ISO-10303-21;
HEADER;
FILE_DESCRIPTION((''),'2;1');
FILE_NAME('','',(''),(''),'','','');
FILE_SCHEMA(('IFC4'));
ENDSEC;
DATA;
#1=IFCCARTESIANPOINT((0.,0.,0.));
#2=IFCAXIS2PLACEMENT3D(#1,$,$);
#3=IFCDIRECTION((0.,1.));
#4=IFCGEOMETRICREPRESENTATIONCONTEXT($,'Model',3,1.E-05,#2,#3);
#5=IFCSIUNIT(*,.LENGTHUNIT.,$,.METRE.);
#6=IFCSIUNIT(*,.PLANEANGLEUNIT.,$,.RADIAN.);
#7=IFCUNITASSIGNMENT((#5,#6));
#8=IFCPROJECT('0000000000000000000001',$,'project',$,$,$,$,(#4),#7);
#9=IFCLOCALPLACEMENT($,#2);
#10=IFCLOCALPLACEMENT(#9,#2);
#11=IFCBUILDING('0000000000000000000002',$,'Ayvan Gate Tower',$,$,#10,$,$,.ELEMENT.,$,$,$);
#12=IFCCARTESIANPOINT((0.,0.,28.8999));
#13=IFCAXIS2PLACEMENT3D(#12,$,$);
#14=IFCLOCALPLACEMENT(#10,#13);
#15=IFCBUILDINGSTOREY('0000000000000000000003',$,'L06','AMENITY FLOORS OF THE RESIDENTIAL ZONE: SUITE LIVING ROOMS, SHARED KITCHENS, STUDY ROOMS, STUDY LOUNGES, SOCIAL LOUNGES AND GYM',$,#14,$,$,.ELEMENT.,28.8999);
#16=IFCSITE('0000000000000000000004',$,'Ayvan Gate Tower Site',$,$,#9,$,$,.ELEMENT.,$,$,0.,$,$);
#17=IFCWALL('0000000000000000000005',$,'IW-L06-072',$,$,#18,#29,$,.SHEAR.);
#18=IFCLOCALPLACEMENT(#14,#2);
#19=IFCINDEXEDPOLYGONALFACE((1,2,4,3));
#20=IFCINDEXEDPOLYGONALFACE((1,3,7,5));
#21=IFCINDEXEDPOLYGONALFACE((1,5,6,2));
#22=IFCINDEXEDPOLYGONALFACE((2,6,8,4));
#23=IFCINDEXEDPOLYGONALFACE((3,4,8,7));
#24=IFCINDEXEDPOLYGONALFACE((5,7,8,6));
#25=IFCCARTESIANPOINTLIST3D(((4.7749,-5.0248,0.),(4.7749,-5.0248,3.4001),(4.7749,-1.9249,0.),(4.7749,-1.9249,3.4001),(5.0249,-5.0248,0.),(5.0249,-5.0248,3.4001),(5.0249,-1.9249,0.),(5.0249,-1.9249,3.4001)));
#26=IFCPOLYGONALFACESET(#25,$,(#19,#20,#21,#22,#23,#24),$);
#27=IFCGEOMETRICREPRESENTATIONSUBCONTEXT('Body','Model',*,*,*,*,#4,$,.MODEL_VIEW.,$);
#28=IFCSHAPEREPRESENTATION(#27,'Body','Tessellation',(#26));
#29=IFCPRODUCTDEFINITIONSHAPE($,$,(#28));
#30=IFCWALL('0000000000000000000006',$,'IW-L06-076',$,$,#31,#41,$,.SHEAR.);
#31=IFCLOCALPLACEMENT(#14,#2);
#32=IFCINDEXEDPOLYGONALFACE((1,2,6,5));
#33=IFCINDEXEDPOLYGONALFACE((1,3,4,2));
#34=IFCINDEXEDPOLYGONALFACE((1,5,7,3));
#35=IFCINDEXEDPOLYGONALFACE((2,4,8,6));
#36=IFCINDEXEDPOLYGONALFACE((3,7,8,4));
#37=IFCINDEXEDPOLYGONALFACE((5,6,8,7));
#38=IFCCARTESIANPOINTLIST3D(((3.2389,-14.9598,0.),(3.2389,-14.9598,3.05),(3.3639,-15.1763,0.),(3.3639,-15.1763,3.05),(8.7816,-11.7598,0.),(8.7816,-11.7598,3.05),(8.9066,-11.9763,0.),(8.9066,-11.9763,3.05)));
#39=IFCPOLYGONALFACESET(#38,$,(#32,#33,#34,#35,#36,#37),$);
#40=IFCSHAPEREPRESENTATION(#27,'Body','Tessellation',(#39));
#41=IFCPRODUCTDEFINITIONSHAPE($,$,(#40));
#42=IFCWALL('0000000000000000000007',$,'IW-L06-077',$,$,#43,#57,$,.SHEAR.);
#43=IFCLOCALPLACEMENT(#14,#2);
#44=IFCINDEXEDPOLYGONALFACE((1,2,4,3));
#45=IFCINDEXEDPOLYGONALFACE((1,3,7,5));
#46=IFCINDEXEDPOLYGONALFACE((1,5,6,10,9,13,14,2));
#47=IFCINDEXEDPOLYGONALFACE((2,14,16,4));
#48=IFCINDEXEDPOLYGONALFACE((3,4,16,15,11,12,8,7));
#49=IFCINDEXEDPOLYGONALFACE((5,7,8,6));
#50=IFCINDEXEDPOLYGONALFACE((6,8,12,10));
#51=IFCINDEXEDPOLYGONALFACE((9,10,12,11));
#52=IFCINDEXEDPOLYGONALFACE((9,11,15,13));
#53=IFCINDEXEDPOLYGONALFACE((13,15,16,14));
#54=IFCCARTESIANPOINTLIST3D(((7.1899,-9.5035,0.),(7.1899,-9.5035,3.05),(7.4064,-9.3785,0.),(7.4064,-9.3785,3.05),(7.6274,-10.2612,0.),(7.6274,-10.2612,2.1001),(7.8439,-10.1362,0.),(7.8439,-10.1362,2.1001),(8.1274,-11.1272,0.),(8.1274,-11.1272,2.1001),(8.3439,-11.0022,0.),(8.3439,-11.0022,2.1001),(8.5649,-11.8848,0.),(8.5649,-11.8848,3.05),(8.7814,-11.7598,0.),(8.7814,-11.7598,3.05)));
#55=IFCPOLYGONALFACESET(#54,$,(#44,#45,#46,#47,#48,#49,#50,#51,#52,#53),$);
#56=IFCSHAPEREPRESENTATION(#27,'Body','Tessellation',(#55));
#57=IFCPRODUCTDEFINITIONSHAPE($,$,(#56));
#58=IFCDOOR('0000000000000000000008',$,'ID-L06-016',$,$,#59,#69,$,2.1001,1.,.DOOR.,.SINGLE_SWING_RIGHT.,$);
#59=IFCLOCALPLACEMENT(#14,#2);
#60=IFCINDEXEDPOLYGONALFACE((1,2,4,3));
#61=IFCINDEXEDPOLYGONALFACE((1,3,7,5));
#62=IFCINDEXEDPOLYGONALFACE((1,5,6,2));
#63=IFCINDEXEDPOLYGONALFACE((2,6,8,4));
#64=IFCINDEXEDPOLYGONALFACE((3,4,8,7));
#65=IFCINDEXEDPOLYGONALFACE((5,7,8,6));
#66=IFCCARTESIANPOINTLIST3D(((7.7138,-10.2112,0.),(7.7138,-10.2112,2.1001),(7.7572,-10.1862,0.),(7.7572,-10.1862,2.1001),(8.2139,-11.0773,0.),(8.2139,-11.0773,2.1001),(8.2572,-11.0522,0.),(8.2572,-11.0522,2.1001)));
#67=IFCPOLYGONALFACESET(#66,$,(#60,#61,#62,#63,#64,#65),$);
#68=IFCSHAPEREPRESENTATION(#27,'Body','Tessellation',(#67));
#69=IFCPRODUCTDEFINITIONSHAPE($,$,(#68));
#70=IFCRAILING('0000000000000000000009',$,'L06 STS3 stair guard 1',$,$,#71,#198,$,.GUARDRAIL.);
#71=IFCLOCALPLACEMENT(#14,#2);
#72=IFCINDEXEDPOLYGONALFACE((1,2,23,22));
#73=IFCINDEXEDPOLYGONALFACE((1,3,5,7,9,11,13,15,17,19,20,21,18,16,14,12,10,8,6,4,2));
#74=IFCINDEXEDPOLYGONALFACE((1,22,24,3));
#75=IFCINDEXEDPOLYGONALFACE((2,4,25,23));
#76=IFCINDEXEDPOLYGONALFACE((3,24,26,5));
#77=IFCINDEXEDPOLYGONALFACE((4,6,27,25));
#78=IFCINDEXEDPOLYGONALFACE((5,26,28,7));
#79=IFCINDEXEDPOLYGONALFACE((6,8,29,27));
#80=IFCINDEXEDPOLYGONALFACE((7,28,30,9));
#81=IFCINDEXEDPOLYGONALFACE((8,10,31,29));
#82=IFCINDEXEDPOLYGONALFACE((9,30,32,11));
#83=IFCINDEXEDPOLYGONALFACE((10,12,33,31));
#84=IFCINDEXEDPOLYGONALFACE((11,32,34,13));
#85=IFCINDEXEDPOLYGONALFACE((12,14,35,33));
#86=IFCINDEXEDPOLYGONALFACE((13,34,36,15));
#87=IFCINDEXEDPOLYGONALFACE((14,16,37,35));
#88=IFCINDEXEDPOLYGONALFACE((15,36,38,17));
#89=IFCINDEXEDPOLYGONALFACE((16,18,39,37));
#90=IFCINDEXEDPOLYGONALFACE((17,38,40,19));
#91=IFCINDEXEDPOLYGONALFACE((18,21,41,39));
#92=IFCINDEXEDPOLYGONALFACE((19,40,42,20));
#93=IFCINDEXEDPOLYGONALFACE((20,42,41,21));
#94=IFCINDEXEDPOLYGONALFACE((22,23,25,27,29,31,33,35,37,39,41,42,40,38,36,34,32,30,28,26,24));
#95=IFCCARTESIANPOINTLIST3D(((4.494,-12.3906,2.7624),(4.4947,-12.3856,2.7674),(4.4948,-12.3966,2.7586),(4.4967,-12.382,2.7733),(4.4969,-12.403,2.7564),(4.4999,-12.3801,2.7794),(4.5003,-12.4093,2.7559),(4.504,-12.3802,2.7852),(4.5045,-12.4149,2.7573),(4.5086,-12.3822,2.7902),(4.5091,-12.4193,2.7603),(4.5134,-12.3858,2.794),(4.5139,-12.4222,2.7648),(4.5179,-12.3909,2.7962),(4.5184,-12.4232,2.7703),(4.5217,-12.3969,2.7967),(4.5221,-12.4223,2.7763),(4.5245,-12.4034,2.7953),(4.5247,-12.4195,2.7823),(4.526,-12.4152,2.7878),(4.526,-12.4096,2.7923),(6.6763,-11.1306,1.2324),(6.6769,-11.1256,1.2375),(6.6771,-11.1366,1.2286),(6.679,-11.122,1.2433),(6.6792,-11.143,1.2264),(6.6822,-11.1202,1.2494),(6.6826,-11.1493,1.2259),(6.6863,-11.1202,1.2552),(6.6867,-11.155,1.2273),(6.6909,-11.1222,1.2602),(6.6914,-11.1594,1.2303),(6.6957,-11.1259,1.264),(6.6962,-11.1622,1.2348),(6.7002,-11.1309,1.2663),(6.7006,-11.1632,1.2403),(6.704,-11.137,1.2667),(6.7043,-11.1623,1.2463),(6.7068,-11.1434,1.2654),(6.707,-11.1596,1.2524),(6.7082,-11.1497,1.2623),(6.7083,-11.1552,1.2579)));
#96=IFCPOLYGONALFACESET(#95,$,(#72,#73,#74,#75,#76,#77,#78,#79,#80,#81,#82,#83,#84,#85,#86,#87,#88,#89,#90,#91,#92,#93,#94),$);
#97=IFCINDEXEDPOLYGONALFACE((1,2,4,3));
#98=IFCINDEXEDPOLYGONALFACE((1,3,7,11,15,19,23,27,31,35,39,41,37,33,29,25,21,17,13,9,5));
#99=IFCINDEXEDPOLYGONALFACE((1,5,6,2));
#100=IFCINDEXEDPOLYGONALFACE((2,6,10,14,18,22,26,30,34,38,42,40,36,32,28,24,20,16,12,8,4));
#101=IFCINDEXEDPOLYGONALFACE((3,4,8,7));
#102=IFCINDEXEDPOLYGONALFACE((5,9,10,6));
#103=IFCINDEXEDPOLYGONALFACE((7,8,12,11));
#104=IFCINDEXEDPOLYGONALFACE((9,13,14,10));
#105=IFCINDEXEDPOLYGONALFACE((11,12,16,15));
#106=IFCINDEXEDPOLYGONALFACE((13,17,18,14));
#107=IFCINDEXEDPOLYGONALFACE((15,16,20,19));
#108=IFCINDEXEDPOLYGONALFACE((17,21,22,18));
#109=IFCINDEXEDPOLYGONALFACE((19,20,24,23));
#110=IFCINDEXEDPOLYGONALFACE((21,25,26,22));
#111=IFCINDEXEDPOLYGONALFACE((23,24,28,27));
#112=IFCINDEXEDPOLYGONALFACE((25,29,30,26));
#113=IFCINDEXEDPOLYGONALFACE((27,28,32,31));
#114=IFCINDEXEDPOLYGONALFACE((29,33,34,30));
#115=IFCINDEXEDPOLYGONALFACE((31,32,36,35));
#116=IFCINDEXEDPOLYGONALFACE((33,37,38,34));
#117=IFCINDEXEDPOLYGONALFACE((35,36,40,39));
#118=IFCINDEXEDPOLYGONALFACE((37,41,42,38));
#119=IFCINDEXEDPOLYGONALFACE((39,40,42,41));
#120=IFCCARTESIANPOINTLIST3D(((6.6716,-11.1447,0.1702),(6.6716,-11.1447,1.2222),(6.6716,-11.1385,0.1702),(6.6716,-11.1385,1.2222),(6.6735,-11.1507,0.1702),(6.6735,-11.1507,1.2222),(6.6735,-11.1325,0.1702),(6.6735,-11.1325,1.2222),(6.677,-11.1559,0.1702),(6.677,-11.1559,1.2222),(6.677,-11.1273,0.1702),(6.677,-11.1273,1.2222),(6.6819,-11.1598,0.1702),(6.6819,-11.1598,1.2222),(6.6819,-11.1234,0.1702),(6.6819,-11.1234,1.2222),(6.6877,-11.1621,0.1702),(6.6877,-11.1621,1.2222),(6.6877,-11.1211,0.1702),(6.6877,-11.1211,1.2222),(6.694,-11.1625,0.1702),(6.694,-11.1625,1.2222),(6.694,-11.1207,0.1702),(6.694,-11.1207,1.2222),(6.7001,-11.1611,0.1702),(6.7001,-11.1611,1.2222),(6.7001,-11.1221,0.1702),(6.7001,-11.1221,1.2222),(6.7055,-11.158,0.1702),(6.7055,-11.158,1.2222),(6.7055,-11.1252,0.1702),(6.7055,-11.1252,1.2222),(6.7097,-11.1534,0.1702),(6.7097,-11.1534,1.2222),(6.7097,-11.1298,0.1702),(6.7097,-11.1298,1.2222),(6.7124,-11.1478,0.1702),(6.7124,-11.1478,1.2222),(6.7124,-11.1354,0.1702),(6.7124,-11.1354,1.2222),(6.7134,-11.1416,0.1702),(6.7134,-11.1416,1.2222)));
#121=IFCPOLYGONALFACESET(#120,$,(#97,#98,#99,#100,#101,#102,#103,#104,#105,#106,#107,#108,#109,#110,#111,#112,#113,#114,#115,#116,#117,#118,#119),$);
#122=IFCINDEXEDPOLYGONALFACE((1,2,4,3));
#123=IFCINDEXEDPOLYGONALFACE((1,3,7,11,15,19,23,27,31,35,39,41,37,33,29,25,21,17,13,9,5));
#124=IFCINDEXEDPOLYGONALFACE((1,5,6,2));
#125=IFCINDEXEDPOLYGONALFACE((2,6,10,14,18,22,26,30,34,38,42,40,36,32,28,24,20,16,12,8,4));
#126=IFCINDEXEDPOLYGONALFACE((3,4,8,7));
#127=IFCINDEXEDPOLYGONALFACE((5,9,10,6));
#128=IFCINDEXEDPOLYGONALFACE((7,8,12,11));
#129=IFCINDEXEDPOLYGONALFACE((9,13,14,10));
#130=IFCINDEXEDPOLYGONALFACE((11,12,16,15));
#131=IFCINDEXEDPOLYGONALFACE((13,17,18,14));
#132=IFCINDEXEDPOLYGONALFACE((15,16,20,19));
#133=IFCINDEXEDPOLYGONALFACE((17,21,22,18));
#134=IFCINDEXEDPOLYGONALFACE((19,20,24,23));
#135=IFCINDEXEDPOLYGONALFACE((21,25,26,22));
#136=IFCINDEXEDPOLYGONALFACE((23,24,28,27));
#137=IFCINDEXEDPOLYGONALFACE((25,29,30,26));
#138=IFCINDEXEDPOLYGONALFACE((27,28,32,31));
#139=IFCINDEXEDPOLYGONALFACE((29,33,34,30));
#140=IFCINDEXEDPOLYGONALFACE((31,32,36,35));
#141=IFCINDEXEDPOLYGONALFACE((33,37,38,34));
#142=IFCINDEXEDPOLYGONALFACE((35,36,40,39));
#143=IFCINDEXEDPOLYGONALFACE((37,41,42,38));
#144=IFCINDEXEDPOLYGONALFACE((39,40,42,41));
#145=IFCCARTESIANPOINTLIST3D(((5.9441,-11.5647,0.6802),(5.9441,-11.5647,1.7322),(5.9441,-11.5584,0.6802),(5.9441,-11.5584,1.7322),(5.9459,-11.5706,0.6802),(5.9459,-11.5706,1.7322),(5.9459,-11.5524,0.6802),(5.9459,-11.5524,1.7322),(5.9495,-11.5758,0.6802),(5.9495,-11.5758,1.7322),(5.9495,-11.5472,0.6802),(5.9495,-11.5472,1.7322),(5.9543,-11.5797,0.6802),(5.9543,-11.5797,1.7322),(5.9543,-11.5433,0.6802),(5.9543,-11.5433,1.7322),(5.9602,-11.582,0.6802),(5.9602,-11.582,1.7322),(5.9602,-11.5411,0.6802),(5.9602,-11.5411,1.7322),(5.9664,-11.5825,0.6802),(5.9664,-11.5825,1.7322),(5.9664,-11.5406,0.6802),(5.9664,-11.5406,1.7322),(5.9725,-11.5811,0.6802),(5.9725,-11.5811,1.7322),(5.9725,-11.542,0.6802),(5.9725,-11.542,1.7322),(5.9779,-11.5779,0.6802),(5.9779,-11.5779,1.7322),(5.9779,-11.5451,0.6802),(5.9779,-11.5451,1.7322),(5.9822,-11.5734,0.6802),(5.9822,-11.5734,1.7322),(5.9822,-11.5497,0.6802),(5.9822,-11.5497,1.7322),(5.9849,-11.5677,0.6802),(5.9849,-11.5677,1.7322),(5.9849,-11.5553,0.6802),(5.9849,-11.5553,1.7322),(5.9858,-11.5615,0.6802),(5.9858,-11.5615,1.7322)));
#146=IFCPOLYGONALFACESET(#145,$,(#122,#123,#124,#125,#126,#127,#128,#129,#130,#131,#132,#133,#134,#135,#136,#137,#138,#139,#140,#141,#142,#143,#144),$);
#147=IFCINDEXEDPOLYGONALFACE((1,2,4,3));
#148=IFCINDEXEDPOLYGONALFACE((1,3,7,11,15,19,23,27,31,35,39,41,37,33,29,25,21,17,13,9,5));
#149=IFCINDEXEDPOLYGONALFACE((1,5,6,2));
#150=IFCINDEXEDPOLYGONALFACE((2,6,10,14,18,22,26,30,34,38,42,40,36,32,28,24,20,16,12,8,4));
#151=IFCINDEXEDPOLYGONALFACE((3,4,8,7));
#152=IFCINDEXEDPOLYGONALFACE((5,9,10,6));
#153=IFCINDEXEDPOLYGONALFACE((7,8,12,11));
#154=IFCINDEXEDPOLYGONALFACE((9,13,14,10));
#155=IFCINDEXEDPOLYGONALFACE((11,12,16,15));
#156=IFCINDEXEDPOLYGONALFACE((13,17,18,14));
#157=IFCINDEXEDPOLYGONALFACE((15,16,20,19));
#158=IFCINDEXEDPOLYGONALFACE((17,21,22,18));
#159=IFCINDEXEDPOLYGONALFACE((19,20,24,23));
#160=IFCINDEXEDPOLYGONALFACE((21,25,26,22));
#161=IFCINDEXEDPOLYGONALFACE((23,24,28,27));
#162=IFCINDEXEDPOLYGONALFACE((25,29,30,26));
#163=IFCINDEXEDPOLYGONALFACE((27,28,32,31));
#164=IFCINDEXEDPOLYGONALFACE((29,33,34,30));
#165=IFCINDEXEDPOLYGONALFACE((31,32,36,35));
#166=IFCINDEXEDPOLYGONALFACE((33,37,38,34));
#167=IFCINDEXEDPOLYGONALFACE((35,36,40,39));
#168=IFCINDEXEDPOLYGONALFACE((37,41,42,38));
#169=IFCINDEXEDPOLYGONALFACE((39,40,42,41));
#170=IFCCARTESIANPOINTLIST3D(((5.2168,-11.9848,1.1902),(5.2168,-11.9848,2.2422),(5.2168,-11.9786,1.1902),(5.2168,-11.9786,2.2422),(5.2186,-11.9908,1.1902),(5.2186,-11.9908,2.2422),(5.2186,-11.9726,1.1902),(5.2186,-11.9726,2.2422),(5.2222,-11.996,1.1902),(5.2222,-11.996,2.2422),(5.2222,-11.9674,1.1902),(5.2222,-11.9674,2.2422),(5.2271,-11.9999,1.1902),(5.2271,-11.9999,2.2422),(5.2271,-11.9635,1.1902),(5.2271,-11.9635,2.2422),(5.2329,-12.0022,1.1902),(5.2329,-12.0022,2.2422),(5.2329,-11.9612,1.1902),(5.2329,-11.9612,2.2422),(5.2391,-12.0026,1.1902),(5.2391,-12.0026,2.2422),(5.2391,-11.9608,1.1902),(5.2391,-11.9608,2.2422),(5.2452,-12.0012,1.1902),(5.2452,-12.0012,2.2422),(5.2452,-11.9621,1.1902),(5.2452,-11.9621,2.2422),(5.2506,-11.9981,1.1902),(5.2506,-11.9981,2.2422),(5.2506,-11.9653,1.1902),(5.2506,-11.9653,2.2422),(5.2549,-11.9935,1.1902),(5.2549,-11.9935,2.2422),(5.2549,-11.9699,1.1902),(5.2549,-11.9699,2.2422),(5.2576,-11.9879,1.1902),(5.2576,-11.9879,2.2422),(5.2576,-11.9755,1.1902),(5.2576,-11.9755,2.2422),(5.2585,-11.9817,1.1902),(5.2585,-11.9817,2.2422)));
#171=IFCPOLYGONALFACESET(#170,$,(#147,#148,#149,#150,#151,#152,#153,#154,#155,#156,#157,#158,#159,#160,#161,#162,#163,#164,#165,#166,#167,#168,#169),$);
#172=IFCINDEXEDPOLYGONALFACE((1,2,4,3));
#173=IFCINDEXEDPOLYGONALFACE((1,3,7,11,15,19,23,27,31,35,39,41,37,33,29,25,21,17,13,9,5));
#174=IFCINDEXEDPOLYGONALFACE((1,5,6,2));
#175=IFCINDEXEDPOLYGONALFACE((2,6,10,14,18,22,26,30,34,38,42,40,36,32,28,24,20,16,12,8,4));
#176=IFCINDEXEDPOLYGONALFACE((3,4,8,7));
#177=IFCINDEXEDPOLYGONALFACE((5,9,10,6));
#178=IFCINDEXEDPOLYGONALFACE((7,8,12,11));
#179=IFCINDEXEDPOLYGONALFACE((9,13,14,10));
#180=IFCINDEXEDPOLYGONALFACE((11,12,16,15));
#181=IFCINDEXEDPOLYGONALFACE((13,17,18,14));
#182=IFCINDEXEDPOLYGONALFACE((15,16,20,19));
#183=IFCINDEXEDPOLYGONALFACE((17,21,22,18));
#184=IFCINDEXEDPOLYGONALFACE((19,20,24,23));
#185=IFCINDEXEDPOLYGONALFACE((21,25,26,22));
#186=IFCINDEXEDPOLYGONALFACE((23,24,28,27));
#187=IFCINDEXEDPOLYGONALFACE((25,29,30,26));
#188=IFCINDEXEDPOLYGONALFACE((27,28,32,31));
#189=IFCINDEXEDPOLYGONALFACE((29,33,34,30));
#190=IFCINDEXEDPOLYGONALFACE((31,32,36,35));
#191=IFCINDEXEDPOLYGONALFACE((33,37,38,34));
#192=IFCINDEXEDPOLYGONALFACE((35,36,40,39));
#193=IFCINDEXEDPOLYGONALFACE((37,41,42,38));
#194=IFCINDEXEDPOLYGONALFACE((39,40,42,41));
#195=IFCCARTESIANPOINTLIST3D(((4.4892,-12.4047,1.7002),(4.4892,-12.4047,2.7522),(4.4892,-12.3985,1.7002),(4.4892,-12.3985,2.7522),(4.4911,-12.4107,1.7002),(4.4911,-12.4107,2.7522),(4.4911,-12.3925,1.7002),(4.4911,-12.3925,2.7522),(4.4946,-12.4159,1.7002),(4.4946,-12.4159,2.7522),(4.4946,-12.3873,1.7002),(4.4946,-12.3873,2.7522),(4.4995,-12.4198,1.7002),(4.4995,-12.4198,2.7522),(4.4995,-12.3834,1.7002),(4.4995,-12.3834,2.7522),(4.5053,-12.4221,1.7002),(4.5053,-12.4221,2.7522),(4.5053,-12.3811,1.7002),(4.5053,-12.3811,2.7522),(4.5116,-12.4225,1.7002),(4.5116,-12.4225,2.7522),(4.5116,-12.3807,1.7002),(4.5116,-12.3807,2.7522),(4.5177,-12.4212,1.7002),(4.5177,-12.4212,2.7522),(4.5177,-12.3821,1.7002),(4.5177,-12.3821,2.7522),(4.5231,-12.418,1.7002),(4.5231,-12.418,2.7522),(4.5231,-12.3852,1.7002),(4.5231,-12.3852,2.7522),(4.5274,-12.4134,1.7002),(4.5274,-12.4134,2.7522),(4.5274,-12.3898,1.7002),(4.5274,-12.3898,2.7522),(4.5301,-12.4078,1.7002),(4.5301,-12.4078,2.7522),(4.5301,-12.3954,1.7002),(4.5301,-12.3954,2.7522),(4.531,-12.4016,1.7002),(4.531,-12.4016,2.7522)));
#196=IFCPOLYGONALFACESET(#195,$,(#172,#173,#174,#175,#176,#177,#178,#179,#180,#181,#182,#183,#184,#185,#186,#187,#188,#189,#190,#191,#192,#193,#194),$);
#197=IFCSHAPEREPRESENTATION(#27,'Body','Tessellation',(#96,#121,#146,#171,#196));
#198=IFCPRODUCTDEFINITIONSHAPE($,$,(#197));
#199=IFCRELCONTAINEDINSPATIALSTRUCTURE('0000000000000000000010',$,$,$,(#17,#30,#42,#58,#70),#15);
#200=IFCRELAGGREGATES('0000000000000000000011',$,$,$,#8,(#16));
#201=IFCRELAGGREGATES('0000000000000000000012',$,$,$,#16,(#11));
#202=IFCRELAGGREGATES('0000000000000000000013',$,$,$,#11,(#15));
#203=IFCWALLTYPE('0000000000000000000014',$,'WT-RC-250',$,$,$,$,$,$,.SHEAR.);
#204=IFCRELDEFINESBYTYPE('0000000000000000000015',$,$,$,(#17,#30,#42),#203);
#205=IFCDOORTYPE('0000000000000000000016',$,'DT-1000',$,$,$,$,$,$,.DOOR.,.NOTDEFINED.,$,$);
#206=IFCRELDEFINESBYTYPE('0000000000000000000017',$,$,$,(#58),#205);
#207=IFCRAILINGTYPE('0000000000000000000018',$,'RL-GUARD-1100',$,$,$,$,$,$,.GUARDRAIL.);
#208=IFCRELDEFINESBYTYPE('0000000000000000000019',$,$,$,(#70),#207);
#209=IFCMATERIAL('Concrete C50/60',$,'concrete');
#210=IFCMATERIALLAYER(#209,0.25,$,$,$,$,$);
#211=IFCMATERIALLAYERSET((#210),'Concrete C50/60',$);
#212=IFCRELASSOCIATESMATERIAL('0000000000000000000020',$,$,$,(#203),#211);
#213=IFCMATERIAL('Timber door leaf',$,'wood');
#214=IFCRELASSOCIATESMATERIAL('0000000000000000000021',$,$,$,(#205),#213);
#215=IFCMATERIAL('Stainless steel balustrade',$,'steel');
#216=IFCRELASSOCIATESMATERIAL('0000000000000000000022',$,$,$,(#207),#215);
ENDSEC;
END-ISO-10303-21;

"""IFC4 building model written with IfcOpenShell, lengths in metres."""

from ifc_helpers import new_model, si_unit, direction, frame, frame_2d, origin, origin_2d, place, context, subcontext, project, spatial, rectangle, circle, extrude, material, layer, layer_set, type_object, element, fill, save


model = new_model("IFC4")

# Units and contexts
model_context = context("Model", 3, precision=1e-05, world=origin(), true_north=direction((0.0, 1.0)))
body_context = subcontext(model_context, "Body", "Model", "MODEL_VIEW")
ifc_project = project(units=[si_unit("LENGTHUNIT", "METRE"), si_unit("PLANEANGLEUNIT", "RADIAN")], contexts=[model_context])

# Site, building, storey
site_placement = place(None, origin())
site = spatial("IfcSite", under=ifc_project, at=site_placement, Name="Ayvan Gate Tower Site", CompositionType="ELEMENT", RefElevation=0.0)
building_placement = place(site_placement, origin())
building = spatial("IfcBuilding", under=site, at=building_placement, Name="Ayvan Gate Tower", CompositionType="ELEMENT")
storey_placement = place(building_placement, frame((0.0, 0.0, 28.8999)))
storey = spatial("IfcBuildingStorey", under=building, at=storey_placement, Name="L06", Description="AMENITY FLOORS OF THE RESIDENTIAL ZONE: SUITE LIVING ROOMS, SHARED KITCHENS, STUDY ROOMS, STUDY LOUNGES, SOCIAL LOUNGES AND GYM", CompositionType="ELEMENT", Elevation=28.8999)

# Shared definitions
ifc_material_1 = material(Name="Timber door leaf", Category="wood")

# Shared definitions
ifc_material_2 = material(Name="Concrete C50/60", Category="concrete")
ifc_layer_1 = layer(ifc_material_2, 0.25)
ifc_layer_set_1 = layer_set([ifc_layer_1], Name="Concrete C50/60")
wall_type_1 = type_object("IfcWallType", Name="WT-RC-250", PredefinedType="SHEAR", material=ifc_layer_set_1)

# Shared definitions
door_type_1 = type_object("IfcDoorType", Name="DT-1000", OperationType="NOTDEFINED", PredefinedType="DOOR", material=ifc_material_1)

# Walls
for number, where, z_axis, x_axis, name in (
    (1, (4.8999, -1.925, 0.0), (0.0, 0.0, 1.0), (0.0, -1.0, 0.0), "IW-L06-072"),
):
    element("IfcWall", number, at=place(storey_placement, frame(where, z_axis=z_axis, x_axis=x_axis)), inside=storey, type_object=wall_type_1, Name=name, PredefinedType="SHEAR", context=body_context, shape_type="SweptSolid", body=[
        extrude(rectangle(XDim=3.0999, YDim=0.25, at=frame_2d((1.5498, 0.0))), origin(), (0.0, 0.0, 1.0), 3.4001),
    ])
wall_1_placement = place(storey_placement, frame((3.3013, -15.0681, 0.0), z_axis=(0.0, 0.0, 1.0), x_axis=(0.866035, 0.499983, 0.0)))
element("IfcWall", 2, at=wall_1_placement, inside=storey, type_object=wall_type_1, Name="IW-L06-076", PredefinedType="SHEAR", context=body_context, shape_type="SweptSolid", body=[
    extrude(rectangle(XDim=6.4001, YDim=0.25, at=frame_2d((3.2002, 0.0))), origin(), (0.0, 0.0, 1.0), 3.05),
])

# Wall, opening, door
wall_2_placement = place(storey_placement, frame((7.2981, -9.4409, 0.0), z_axis=(0.0, 0.0, 1.0), x_axis=(0.500035, -0.866005, 0.0)))
wall_2 = element("IfcWall", 3, at=wall_2_placement, inside=storey, type_object=wall_type_1, Name="IW-L06-077", PredefinedType="SHEAR", context=body_context, shape_type="SweptSolid", body=[
    extrude(rectangle(XDim=2.7498, YDim=0.25, at=frame_2d((1.375, 0.0))), origin(), (0.0, 0.0, 1.0), 3.05),
])
opening_1_placement = place(wall_2_placement, frame((0.875, 0.0, 0.0)))
opening_1 = element("IfcOpeningElement", 4, at=opening_1_placement, cuts=wall_2, PredefinedType="OPENING", context=body_context, shape_type="SweptSolid", body=[
    extrude(rectangle(XDim=1.0, YDim=2.1001, at=frame_2d((0.5, 1.05))), frame((0.0, 0.135, 0.0), z_axis=(0.0, -1.0, 0.0), x_axis=(1.0, 0.0, 0.0)), (0.0, 0.0, 1.0), 0.27),
])
door_1_placement = place(opening_1_placement, origin())
door_1 = element("IfcDoor", 5, at=door_1_placement, inside=storey, type_object=door_type_1, Name="ID-L06-016", OperationType="SINGLE_SWING_RIGHT", OverallHeight=2.1001, OverallWidth=1.0, PredefinedType="DOOR", context=body_context, shape_type="SweptSolid", body=[
    extrude(rectangle(XDim=1.0, YDim=2.1001, at=frame_2d((0.5, 1.05))), frame((0.0, 0.0249, 0.0), z_axis=(0.0, -1.0, 0.0), x_axis=(1.0, 0.0, 0.0)), (0.0, 0.0, 1.0), 0.05),
])
fill(opening_1, door_1)

# Railing
ifc_material_3 = material(Name="Stainless steel balustrade", Category="steel")
railing_type_1 = type_object("IfcRailingType", Name="RL-GUARD-1100", PredefinedType="GUARDRAIL", material=ifc_material_3)
railing_1_placement = place(storey_placement, frame((6.6924, -11.1416, 0.1702)))
element("IfcRailing", 6, at=railing_1_placement, inside=storey, type_object=railing_type_1, Name="L06 STS3 stair guard 1", PredefinedType="GUARDRAIL", context=body_context, shape_type="SweptSolid", body=[
    extrude(circle(Radius=0.0239, at=origin_2d()), frame((0.0, 0.0, 1.0762), z_axis=(-0.740261, -0.427395, 0.518986), x_axis=(0.500005, -0.866023, 0.0)), (0.0, 0.0, 1.0), 2.948),
    extrude(circle(Radius=0.021, at=origin_2d()), origin(), (0.0, 0.0, 1.0), 1.052),
    extrude(circle(Radius=0.021, at=origin_2d()), frame((-0.7275, -0.4199, 0.51)), (0.0, 0.0, 1.0), 1.052),
    extrude(circle(Radius=0.021, at=origin_2d()), frame((-1.4548, -0.8401, 1.02)), (0.0, 0.0, 1.0), 1.052),
    extrude(circle(Radius=0.021, at=origin_2d()), frame((-2.1824, -1.26, 1.53)), (0.0, 0.0, 1.0), 1.052),
])

save(model, "model.ifc")
